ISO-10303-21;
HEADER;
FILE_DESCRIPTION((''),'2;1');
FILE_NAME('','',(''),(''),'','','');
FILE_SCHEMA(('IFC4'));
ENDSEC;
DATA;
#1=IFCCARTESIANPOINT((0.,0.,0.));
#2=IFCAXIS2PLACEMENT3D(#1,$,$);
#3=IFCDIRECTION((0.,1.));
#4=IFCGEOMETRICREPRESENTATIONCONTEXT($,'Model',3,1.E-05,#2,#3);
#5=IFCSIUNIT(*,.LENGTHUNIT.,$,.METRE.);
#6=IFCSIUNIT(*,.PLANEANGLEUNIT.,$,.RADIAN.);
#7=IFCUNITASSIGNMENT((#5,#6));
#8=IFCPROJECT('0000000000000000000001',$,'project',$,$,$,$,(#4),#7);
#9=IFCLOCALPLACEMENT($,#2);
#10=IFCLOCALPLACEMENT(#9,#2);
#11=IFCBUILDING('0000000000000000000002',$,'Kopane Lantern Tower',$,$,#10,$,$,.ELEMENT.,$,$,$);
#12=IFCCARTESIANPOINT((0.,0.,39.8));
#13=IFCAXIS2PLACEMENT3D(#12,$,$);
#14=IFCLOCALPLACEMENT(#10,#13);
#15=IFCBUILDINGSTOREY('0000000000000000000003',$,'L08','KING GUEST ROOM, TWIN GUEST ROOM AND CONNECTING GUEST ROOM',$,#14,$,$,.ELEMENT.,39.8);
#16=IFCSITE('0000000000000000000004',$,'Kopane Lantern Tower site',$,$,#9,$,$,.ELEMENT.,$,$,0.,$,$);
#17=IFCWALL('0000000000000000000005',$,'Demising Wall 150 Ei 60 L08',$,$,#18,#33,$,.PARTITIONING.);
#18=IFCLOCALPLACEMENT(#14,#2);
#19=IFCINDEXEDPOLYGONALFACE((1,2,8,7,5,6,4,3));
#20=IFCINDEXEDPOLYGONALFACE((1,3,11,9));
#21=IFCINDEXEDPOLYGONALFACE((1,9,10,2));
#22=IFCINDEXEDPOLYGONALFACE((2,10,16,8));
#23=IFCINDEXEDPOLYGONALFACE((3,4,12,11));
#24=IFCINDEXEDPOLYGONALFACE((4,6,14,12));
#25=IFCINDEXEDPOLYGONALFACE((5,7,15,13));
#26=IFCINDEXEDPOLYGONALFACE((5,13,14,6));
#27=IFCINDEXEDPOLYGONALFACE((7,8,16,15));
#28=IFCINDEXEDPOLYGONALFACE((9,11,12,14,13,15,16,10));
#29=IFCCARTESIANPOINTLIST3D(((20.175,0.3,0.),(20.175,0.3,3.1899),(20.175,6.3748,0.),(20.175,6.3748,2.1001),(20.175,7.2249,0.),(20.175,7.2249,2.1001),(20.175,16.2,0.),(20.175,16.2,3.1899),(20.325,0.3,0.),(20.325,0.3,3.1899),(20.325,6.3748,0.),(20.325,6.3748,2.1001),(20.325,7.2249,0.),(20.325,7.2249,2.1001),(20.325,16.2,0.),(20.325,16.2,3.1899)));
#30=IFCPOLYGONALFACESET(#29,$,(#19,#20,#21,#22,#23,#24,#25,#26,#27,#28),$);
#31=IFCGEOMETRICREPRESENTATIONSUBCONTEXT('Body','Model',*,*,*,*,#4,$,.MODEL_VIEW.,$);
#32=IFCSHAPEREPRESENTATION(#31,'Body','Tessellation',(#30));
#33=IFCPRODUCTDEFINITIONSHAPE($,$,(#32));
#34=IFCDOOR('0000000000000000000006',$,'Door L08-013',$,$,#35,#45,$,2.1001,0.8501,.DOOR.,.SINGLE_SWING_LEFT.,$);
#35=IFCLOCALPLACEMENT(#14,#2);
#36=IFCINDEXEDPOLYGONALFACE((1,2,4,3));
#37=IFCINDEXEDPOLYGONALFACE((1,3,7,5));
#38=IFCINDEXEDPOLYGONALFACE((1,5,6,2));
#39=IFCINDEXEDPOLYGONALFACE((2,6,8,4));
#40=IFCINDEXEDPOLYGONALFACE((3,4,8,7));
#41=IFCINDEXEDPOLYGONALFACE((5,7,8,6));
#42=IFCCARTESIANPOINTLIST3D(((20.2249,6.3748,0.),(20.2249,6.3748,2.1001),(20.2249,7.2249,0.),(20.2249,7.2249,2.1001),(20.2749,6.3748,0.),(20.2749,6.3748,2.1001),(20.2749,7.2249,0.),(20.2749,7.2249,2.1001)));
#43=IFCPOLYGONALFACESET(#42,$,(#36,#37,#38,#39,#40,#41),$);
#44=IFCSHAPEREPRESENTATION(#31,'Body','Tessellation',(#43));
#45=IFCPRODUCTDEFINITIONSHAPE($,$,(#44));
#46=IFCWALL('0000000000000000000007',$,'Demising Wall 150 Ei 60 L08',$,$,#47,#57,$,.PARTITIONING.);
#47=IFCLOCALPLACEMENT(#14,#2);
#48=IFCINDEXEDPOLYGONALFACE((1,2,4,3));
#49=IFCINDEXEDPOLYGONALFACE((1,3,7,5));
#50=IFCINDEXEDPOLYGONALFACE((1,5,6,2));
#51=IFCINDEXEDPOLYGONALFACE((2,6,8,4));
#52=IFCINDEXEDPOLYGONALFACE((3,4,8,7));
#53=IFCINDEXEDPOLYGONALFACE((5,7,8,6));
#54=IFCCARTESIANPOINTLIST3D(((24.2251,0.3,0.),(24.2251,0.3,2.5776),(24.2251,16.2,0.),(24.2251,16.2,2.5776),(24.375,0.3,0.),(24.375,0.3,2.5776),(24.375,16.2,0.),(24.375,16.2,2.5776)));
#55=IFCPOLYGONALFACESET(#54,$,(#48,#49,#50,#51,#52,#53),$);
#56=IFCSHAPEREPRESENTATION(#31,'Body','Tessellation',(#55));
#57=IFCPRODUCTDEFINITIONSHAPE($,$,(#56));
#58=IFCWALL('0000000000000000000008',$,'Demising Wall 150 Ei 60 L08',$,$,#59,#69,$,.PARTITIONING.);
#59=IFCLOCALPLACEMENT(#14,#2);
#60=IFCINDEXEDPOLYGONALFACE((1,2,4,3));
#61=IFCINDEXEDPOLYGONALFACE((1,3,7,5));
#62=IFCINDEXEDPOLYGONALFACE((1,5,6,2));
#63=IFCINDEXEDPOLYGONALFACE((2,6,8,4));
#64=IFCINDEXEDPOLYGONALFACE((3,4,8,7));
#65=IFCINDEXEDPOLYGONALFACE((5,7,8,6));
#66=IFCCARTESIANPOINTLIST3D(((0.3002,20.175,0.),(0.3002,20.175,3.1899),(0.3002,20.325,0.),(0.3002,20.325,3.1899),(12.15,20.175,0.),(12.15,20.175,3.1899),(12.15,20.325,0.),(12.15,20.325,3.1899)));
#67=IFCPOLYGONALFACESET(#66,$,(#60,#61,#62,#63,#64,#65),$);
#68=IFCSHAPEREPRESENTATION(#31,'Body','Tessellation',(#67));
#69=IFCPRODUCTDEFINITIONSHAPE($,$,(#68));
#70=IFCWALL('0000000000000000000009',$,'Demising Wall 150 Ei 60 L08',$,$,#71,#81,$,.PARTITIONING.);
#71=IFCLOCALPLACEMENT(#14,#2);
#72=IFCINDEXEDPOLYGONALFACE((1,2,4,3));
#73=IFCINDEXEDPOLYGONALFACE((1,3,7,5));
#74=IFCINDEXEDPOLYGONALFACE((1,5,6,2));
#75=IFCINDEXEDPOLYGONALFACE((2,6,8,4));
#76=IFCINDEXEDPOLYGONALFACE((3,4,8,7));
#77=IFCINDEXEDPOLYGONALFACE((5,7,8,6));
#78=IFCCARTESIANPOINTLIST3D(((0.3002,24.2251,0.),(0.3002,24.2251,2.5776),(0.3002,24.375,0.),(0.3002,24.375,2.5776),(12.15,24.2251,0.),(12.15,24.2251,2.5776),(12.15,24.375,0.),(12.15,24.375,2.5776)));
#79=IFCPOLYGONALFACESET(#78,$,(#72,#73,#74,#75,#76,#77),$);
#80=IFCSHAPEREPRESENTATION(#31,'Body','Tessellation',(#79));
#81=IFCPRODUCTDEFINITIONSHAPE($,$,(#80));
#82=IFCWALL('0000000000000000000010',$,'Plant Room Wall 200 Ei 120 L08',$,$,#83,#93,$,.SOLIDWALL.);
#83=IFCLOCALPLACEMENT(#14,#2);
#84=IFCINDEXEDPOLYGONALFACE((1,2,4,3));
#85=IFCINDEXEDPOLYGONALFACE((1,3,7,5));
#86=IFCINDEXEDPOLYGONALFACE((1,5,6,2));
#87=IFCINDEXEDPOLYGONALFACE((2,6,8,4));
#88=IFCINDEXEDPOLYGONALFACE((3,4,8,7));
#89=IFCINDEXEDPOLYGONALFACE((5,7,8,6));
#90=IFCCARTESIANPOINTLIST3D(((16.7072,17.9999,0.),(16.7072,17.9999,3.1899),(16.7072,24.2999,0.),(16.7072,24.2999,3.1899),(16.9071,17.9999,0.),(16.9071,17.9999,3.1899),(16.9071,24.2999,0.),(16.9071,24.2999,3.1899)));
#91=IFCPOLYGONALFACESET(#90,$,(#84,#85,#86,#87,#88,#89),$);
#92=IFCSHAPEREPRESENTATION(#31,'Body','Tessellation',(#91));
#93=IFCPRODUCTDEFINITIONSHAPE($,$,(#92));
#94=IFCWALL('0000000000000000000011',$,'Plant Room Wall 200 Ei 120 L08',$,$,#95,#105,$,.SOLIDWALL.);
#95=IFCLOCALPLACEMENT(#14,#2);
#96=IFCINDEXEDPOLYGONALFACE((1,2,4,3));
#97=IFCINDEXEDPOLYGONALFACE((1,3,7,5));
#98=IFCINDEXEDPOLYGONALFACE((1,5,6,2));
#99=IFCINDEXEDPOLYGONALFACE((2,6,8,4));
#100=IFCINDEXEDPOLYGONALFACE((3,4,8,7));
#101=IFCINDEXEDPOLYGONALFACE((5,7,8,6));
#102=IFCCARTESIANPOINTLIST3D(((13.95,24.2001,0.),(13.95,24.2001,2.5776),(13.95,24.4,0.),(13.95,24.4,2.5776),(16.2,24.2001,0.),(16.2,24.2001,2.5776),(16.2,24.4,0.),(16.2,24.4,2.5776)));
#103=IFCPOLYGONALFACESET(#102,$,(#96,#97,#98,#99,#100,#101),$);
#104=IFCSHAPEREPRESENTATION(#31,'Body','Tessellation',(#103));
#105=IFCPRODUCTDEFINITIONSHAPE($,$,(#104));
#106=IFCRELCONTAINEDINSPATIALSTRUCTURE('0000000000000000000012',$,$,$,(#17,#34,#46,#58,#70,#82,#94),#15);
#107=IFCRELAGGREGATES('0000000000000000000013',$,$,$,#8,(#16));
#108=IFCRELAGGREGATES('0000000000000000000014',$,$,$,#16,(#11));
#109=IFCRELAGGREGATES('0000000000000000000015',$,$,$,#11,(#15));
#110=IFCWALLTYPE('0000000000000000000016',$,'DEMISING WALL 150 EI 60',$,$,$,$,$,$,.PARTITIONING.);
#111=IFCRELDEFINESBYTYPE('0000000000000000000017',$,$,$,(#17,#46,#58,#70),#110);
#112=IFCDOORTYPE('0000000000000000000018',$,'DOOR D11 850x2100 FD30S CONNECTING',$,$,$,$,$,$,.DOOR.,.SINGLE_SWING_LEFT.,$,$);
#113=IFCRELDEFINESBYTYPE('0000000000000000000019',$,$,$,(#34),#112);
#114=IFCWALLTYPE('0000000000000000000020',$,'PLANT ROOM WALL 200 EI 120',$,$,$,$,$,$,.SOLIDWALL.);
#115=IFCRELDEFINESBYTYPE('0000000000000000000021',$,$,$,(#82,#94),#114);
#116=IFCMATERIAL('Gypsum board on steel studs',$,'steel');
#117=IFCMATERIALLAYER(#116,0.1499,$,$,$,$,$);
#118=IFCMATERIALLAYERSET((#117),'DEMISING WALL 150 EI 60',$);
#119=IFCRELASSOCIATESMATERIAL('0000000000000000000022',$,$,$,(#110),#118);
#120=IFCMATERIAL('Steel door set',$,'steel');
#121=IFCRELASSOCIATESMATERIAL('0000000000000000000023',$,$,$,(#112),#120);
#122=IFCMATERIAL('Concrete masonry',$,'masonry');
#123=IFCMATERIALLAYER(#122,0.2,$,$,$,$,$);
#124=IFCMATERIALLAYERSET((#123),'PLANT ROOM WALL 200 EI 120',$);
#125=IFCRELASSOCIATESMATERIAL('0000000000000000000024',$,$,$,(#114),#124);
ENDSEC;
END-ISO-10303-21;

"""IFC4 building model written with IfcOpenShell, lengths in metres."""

from ifc_helpers import new_model, si_unit, direction, frame, frame_2d, origin, place, context, subcontext, project, spatial, rectangle, extrude, material, layer, layer_set, type_object, element, fill, save


model = new_model("IFC4")

# Units and contexts
model_context = context("Model", 3, precision=1e-05, world=origin(), true_north=direction((0.0, 1.0)))
body_context = subcontext(model_context, "Body", "Model", "MODEL_VIEW")
ifc_project = project(units=[si_unit("LENGTHUNIT", "METRE"), si_unit("PLANEANGLEUNIT", "RADIAN")], contexts=[model_context])

# Site, building, storey
site_placement = place(None, origin())
site = spatial("IfcSite", under=ifc_project, at=site_placement, Name="Kopane Lantern Tower site", CompositionType="ELEMENT", RefElevation=0.0)
building_placement = place(site_placement, origin())
building = spatial("IfcBuilding", under=site, at=building_placement, Name="Kopane Lantern Tower", CompositionType="ELEMENT")
storey_placement = place(building_placement, frame((0.0, 0.0, 39.8)))
storey = spatial("IfcBuildingStorey", under=building, at=storey_placement, Name="L08", Description="KING GUEST ROOM, TWIN GUEST ROOM AND CONNECTING GUEST ROOM", CompositionType="ELEMENT", Elevation=39.8)

# Wall, opening, door
ifc_material_1 = material(Name="Gypsum board on steel studs", Category="steel")
ifc_layer_1 = layer(ifc_material_1, 0.1499)
ifc_layer_set_1 = layer_set([ifc_layer_1], Name="DEMISING WALL 150 EI 60")
wall_type_1 = type_object("IfcWallType", Name="DEMISING WALL 150 EI 60", PredefinedType="PARTITIONING", material=ifc_layer_set_1)
wall_1_placement = place(storey_placement, frame((20.25, 16.2, 0.0), z_axis=(0.0, 0.0, 1.0), x_axis=(0.0, -1.0, 0.0)))
wall_1 = element("IfcWall", 1, at=wall_1_placement, inside=storey, type_object=wall_type_1, Name="Demising Wall 150 Ei 60 L08", PredefinedType="PARTITIONING", context=body_context, shape_type="SweptSolid", body=[
    extrude(rectangle(XDim=15.8999, YDim=0.1499, at=frame_2d((7.95, 0.0))), origin(), (0.0, 0.0, 1.0), 3.1899),
])
opening_1_placement = place(wall_1_placement, frame((8.9751, 0.0, 0.0)))
opening_1 = element("IfcOpeningElement", 2, at=opening_1_placement, cuts=wall_1, PredefinedType="OPENING", context=body_context, shape_type="SweptSolid", body=[
    extrude(rectangle(XDim=0.8501, YDim=2.1001, at=frame_2d((0.425, 1.05))), frame((0.0, 0.085, 0.0), z_axis=(0.0, -1.0, 0.0), x_axis=(1.0, 0.0, 0.0)), (0.0, 0.0, 1.0), 0.1699),
])
ifc_material_2 = material(Name="Steel door set", Category="steel")
door_type_1 = type_object("IfcDoorType", Name="DOOR D11 850x2100 FD30S CONNECTING", OperationType="SINGLE_SWING_LEFT", PredefinedType="DOOR", material=ifc_material_2)
door_1_placement = place(opening_1_placement, origin())
door_1 = element("IfcDoor", 3, at=door_1_placement, inside=storey, type_object=door_type_1, Name="Door L08-013", OperationType="SINGLE_SWING_LEFT", OverallHeight=2.1001, OverallWidth=0.8501, PredefinedType="DOOR", context=body_context, shape_type="SweptSolid", body=[
    extrude(rectangle(XDim=0.8501, YDim=2.1001, at=frame_2d((0.425, 1.05))), frame((0.0, 0.0249, 0.0), z_axis=(0.0, -1.0, 0.0), x_axis=(1.0, 0.0, 0.0)), (0.0, 0.0, 1.0), 0.05),
])
fill(opening_1, door_1)

# Walls
wall_2_placement = place(storey_placement, frame((24.3, 16.2, 0.0), z_axis=(0.0, 0.0, 1.0), x_axis=(0.0, -1.0, 0.0)))
element("IfcWall", 4, at=wall_2_placement, inside=storey, type_object=wall_type_1, Name="Demising Wall 150 Ei 60 L08", PredefinedType="PARTITIONING", context=body_context, shape_type="SweptSolid", body=[
    extrude(rectangle(XDim=15.8999, YDim=0.1499, at=frame_2d((7.95, 0.0))), origin(), (0.0, 0.0, 1.0), 2.5776),
])
wall_3_placement = place(storey_placement, frame((12.1499, 20.25, 0.0), z_axis=(0.0, 0.0, 1.0), x_axis=(-1.0, 0.0, 0.0)))
element("IfcWall", 5, at=wall_3_placement, inside=storey, type_object=wall_type_1, Name="Demising Wall 150 Ei 60 L08", PredefinedType="PARTITIONING", context=body_context, shape_type="SweptSolid", body=[
    extrude(rectangle(XDim=11.8499, YDim=0.1499, at=frame_2d((5.9248, 0.0))), origin(), (0.0, 0.0, 1.0), 3.1899),
])
wall_4_placement = place(storey_placement, frame((12.1499, 24.3, 0.0), z_axis=(0.0, 0.0, 1.0), x_axis=(-1.0, 0.0, 0.0)))
element("IfcWall", 6, at=wall_4_placement, inside=storey, type_object=wall_type_1, Name="Demising Wall 150 Ei 60 L08", PredefinedType="PARTITIONING", context=body_context, shape_type="SweptSolid", body=[
    extrude(rectangle(XDim=11.8499, YDim=0.1499, at=frame_2d((5.9248, 0.0))), origin(), (0.0, 0.0, 1.0), 2.5776),
])
ifc_material_3 = material(Name="Concrete masonry", Category="masonry")
ifc_layer_2 = layer(ifc_material_3, 0.2)
ifc_layer_set_2 = layer_set([ifc_layer_2], Name="PLANT ROOM WALL 200 EI 120")
wall_type_2 = type_object("IfcWallType", Name="PLANT ROOM WALL 200 EI 120", PredefinedType="SOLIDWALL", material=ifc_layer_set_2)
wall_5_placement = place(storey_placement, frame((16.8071, 18.0, 0.0), z_axis=(0.0, 0.0, 1.0), x_axis=(0.0, 1.0, 0.0)))
element("IfcWall", 7, at=wall_5_placement, inside=storey, type_object=wall_type_2, Name="Plant Room Wall 200 Ei 120 L08", PredefinedType="SOLIDWALL", context=body_context, shape_type="SweptSolid", body=[
    extrude(rectangle(XDim=6.3, YDim=0.2, at=frame_2d((3.1499, 0.0))), origin(), (0.0, 0.0, 1.0), 3.1899),
])
wall_6_placement = place(storey_placement, frame((13.95, 24.3, 0.0), z_axis=(0.0, 0.0, 1.0), x_axis=(1.0, 0.0, 0.0)))
element("IfcWall", 8, at=wall_6_placement, inside=storey, type_object=wall_type_2, Name="Plant Room Wall 200 Ei 120 L08", PredefinedType="SOLIDWALL", context=body_context, shape_type="SweptSolid", body=[
    extrude(rectangle(XDim=2.25, YDim=0.2, at=frame_2d((1.125, 0.0))), origin(), (0.0, 0.0, 1.0), 2.5776),
])

save(model, "model.ifc")
